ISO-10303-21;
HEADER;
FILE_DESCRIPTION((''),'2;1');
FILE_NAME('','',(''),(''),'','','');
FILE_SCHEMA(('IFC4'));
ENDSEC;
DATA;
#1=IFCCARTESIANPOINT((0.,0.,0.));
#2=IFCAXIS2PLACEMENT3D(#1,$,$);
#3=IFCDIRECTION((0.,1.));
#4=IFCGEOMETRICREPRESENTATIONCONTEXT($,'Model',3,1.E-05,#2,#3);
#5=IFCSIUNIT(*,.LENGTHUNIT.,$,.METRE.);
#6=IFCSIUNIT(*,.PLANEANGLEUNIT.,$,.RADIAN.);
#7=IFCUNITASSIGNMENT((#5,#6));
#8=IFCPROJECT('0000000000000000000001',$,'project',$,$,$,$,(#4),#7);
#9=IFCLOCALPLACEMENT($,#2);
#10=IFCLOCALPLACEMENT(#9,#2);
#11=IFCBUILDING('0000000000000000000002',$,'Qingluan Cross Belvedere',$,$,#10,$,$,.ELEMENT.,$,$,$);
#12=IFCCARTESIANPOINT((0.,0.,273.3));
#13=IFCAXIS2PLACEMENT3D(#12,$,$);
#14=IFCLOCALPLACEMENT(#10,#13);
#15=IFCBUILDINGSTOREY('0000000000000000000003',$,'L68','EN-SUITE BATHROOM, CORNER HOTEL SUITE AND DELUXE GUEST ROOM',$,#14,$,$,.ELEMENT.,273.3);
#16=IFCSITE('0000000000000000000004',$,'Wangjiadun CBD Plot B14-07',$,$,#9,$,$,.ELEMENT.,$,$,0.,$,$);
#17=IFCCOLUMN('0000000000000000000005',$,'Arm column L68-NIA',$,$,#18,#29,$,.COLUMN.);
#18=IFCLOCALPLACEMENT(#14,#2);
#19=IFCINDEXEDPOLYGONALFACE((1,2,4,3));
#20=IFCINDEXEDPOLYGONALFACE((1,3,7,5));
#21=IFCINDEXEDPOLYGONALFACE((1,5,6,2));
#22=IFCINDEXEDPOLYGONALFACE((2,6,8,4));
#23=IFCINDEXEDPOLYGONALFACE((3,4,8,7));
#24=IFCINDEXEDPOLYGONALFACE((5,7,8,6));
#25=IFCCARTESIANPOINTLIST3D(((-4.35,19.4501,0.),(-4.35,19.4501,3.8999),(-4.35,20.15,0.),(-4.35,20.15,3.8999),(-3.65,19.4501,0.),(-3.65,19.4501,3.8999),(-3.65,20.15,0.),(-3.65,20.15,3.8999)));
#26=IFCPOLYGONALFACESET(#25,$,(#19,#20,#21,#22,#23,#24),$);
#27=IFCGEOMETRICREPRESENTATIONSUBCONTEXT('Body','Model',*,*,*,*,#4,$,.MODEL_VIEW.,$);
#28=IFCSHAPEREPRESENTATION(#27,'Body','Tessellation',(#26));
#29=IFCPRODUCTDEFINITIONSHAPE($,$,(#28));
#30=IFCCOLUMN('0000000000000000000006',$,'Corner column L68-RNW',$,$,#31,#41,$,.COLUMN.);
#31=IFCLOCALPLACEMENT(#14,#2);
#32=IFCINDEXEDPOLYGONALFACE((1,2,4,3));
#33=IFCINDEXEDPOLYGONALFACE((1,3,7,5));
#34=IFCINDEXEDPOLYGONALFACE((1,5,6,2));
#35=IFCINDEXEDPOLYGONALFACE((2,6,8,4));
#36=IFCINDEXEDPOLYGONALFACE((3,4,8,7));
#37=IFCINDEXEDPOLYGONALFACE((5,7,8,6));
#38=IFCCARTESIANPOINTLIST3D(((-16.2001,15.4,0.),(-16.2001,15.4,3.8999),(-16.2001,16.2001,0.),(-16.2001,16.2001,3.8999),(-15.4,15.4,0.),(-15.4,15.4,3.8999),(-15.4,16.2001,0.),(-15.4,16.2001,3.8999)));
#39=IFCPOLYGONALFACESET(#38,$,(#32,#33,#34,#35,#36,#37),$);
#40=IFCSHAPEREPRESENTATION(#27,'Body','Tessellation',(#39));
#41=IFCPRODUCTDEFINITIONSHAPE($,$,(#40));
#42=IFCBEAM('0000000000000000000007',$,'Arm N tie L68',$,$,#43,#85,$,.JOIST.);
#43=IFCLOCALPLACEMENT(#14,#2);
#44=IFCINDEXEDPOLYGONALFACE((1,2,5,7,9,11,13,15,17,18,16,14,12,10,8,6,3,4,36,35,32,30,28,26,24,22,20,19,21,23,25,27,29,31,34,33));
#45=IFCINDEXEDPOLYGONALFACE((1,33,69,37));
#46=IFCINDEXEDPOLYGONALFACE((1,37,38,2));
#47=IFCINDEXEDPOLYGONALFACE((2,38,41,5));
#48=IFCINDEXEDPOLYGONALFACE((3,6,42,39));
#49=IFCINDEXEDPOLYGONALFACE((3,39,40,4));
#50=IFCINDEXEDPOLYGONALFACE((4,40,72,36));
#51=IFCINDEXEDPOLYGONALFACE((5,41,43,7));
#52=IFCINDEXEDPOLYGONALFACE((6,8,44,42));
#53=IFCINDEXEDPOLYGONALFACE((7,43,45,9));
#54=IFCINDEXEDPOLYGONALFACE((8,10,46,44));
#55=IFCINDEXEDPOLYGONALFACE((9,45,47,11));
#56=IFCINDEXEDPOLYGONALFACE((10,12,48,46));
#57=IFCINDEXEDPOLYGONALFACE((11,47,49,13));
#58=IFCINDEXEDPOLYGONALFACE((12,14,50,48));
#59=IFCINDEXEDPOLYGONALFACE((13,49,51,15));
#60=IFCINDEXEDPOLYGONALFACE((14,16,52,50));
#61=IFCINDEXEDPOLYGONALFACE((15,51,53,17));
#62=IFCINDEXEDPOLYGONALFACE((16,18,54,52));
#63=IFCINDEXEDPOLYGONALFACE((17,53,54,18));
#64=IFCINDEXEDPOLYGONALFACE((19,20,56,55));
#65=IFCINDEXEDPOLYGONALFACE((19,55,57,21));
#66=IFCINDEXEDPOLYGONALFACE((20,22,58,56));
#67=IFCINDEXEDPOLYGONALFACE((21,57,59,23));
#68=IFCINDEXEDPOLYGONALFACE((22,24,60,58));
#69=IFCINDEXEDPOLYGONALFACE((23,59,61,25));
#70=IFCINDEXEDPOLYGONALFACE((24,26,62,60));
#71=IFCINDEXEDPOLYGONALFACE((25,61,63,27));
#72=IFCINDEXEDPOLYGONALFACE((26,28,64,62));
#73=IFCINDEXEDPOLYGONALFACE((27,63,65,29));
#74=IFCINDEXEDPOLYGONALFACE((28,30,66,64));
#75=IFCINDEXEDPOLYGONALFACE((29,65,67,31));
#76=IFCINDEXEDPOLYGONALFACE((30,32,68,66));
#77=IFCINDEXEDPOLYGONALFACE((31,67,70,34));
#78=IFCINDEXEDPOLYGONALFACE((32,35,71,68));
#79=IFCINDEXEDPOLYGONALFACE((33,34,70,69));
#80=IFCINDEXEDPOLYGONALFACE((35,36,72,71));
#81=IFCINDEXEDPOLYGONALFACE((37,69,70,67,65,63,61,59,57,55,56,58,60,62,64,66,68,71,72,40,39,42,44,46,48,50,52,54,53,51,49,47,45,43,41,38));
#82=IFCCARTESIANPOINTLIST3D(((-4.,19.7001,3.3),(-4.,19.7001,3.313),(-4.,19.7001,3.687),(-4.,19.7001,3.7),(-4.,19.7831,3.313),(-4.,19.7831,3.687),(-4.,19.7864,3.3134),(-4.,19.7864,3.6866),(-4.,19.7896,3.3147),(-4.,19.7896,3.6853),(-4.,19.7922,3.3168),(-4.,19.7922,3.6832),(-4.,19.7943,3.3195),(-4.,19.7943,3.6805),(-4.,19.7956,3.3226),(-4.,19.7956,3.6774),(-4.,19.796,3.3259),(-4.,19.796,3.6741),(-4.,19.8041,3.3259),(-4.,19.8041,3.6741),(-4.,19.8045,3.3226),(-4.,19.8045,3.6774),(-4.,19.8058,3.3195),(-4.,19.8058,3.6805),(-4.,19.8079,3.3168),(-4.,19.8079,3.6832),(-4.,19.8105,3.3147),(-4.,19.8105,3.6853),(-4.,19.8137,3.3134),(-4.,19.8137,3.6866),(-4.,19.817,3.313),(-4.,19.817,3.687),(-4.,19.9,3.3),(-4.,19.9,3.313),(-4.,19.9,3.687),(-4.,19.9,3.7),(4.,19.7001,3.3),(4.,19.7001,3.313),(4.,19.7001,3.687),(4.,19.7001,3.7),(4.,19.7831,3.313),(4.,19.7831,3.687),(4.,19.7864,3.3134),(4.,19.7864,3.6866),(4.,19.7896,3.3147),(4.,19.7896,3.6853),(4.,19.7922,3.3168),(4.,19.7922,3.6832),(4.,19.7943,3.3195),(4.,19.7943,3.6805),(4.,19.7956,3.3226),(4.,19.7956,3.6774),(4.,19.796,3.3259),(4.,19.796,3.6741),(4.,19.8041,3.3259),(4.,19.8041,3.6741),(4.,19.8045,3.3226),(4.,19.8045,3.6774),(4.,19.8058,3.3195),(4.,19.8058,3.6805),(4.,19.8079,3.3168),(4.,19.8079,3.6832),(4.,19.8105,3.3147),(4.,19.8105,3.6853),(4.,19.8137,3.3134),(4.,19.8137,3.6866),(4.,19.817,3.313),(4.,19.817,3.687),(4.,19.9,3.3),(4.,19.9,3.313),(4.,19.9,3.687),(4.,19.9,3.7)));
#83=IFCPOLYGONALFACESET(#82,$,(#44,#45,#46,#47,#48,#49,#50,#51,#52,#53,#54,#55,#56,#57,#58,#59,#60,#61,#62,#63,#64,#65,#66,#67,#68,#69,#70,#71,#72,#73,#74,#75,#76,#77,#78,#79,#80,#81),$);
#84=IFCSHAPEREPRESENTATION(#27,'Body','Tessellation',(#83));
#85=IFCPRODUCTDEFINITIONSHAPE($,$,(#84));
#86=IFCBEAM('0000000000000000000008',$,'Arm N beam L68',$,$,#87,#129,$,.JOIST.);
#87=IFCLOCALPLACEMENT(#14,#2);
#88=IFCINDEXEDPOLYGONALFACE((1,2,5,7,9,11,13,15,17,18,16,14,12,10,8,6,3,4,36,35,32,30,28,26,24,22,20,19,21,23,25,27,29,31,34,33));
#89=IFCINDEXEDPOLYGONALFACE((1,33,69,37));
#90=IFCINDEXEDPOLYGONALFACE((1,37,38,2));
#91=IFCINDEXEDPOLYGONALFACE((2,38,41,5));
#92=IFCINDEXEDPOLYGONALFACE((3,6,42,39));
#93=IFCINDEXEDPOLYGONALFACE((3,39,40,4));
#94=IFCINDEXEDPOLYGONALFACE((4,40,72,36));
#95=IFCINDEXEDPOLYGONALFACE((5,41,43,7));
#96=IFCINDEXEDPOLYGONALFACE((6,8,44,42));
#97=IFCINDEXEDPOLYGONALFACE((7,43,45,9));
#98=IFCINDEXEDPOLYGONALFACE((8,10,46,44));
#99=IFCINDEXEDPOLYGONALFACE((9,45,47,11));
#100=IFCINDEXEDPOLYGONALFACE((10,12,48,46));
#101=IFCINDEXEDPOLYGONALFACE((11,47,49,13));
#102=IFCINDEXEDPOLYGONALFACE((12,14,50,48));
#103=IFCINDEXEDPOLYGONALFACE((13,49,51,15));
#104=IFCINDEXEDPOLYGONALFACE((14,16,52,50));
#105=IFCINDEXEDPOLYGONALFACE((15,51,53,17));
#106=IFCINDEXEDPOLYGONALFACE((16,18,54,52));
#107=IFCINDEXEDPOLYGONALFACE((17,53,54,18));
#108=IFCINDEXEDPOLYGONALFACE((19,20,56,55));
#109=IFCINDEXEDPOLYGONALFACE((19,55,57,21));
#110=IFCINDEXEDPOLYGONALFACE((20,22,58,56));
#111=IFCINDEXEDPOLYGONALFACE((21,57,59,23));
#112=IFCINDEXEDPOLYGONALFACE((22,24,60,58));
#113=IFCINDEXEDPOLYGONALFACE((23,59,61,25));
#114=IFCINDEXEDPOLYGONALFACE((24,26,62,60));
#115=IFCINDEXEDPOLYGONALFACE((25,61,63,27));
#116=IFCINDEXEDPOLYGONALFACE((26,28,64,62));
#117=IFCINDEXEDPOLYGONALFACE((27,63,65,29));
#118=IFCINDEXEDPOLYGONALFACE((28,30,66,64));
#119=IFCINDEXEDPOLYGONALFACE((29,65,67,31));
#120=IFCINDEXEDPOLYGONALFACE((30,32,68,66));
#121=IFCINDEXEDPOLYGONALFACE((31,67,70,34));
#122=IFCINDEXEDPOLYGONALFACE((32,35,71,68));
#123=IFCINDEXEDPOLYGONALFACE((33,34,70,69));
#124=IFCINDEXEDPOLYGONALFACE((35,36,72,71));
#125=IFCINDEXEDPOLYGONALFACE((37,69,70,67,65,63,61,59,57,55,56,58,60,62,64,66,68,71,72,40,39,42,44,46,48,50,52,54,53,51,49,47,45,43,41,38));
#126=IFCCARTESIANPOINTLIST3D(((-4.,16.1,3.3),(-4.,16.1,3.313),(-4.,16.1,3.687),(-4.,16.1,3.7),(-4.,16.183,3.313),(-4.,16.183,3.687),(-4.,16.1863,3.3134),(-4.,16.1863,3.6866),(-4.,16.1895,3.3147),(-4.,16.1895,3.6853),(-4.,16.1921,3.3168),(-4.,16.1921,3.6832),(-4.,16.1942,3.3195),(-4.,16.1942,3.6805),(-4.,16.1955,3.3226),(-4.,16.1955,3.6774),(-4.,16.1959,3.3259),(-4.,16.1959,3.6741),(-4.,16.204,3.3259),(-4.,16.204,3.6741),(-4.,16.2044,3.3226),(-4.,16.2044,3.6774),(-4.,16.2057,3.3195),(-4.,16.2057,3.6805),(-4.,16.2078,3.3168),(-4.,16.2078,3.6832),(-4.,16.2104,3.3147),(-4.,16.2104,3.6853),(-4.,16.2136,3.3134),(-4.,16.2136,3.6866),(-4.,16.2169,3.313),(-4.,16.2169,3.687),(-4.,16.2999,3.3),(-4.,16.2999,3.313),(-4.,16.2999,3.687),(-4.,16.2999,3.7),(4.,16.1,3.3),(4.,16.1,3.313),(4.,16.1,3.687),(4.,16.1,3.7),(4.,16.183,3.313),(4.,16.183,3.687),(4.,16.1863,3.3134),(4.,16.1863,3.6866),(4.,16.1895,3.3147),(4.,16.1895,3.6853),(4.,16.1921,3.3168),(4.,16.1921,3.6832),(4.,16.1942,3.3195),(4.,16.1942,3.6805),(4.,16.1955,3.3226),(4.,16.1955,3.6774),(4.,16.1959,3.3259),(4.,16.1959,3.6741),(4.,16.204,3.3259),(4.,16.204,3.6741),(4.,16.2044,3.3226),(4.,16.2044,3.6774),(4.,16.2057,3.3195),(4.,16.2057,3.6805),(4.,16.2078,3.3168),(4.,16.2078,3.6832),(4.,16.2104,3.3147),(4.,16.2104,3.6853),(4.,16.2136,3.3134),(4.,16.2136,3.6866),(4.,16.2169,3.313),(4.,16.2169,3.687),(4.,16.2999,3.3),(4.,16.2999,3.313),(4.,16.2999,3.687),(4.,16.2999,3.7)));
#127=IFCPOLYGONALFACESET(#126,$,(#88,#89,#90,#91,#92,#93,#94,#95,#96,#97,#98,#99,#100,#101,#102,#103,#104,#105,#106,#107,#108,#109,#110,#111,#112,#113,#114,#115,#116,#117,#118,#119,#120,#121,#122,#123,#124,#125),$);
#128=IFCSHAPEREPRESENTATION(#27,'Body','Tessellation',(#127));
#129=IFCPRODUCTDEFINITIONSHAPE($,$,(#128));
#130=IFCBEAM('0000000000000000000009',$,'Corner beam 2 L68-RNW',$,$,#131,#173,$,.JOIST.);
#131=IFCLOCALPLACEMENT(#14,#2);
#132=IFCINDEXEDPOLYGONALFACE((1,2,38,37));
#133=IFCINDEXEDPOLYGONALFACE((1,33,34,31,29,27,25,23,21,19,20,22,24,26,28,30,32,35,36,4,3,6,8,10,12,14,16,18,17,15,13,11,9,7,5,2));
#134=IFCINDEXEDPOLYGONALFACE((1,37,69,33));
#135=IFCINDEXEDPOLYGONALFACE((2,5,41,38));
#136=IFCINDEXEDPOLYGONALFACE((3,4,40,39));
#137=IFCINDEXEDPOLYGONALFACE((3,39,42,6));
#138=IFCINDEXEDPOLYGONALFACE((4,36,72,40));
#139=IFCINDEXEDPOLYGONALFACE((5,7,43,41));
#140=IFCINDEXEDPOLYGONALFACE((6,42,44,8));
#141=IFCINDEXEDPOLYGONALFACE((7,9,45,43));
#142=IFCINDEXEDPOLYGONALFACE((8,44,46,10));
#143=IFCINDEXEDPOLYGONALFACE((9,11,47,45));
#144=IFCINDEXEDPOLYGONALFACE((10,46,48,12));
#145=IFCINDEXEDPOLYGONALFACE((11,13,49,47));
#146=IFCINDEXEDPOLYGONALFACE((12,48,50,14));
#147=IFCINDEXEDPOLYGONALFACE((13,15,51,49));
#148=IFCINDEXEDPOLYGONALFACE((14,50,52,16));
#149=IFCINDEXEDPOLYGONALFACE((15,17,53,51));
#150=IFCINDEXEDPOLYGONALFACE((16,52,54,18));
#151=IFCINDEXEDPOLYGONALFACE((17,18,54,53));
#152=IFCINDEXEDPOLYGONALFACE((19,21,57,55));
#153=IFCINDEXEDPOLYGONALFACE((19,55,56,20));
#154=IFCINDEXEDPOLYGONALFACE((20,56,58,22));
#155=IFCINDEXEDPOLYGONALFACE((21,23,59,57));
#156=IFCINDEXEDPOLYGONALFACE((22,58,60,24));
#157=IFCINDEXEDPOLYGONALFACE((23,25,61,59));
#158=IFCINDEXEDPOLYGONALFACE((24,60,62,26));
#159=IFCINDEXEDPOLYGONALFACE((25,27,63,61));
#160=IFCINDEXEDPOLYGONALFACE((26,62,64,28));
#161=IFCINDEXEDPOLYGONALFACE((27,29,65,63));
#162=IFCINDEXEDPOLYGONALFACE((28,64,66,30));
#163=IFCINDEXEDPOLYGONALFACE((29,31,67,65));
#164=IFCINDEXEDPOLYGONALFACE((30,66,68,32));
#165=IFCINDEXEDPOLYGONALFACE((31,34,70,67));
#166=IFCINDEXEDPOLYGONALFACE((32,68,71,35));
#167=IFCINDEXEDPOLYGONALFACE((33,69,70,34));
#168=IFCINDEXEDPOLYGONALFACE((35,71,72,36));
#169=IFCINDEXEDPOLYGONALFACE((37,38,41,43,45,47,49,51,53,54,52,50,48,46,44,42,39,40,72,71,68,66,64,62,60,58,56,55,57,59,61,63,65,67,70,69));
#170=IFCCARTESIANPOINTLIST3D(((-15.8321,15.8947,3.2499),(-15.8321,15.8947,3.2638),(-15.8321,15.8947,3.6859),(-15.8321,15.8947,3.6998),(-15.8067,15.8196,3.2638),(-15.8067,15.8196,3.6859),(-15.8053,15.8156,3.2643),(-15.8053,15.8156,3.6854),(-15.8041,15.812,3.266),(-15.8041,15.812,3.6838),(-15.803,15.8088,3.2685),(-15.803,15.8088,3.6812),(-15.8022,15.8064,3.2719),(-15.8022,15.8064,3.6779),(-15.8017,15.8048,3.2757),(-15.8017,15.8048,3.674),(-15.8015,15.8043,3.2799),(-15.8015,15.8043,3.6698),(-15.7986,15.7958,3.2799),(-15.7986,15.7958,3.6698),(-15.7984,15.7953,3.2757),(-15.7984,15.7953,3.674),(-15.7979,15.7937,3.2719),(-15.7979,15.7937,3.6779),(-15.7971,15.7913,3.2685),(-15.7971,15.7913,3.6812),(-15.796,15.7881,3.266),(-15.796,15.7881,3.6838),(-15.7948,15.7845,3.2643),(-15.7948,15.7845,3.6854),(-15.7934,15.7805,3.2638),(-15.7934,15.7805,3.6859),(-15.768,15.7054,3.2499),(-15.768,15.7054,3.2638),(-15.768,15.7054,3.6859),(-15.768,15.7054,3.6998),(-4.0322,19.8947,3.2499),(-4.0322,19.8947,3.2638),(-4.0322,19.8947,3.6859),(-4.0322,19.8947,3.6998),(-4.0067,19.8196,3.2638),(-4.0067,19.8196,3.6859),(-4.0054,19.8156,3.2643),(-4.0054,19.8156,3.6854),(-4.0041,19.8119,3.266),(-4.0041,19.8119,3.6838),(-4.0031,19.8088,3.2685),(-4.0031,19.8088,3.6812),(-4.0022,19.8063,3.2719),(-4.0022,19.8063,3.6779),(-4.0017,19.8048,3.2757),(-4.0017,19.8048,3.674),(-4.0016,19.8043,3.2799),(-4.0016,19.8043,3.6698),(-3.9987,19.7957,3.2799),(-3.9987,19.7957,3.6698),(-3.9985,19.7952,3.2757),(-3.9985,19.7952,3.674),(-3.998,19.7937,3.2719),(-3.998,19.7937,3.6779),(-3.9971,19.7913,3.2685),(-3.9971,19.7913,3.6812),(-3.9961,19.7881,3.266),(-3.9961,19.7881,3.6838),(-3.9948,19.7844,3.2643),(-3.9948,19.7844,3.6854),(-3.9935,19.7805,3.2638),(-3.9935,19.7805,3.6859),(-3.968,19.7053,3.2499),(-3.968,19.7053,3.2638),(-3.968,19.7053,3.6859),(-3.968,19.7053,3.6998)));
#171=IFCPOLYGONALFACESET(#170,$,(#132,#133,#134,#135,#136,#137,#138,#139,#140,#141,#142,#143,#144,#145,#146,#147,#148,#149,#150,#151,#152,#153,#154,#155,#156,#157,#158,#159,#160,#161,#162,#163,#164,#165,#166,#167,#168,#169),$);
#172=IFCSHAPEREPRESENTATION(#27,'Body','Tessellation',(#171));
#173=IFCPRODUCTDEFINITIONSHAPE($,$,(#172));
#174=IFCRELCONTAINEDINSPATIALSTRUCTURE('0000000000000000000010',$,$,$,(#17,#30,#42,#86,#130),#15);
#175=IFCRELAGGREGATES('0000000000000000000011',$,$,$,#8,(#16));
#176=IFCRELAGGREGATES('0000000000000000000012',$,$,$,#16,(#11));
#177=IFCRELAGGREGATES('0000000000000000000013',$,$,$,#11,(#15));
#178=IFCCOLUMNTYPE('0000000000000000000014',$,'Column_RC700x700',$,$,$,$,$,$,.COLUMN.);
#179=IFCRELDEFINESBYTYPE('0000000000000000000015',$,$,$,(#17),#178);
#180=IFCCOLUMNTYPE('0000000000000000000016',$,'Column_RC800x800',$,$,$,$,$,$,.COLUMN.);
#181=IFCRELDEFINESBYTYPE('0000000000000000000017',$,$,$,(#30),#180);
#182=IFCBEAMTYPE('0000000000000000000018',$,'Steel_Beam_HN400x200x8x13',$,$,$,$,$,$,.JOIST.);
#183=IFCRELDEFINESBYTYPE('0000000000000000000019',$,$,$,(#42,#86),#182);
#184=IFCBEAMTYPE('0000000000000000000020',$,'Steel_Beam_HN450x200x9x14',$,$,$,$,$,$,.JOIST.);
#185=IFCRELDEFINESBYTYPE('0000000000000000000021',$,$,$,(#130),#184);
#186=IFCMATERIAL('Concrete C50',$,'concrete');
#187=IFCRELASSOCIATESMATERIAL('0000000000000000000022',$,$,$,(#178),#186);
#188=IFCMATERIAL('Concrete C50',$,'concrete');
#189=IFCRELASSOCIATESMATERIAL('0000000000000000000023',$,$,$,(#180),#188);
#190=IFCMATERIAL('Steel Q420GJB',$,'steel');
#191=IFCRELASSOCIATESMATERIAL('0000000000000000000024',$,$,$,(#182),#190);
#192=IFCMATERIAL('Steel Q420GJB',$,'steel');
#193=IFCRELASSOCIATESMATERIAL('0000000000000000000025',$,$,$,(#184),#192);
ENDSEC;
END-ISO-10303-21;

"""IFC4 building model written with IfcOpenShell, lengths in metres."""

from ifc_helpers import new_model, si_unit, direction, frame, origin, origin_2d, place, context, subcontext, project, spatial, rectangle, i_section, extrude, material, material_profile, profile_set, type_object, element, save


model = new_model("IFC4")

# Units and contexts
model_context = context("Model", 3, precision=1e-05, world=origin(), true_north=direction((0.0, 1.0)))
body_context = subcontext(model_context, "Body", "Model", "MODEL_VIEW")
ifc_project = project(units=[si_unit("LENGTHUNIT", "METRE"), si_unit("PLANEANGLEUNIT", "RADIAN")], contexts=[model_context])

# Site, building, storey
site_placement = place(None, origin())
site = spatial("IfcSite", under=ifc_project, at=site_placement, Name="Wangjiadun CBD Plot B14-07", CompositionType="ELEMENT", RefElevation=0.0)
building_placement = place(site_placement, origin())
building = spatial("IfcBuilding", under=site, at=building_placement, Name="Qingluan Cross Belvedere", CompositionType="ELEMENT")
storey_placement = place(building_placement, frame((0.0, 0.0, 273.3)))
storey = spatial("IfcBuildingStorey", under=building, at=storey_placement, Name="L68", Description="EN-SUITE BATHROOM, CORNER HOTEL SUITE AND DELUXE GUEST ROOM", CompositionType="ELEMENT", Elevation=273.3)

# Columns
ifc_material_1 = material(Name="Concrete C50", Category="concrete")
ifc_material_profile_1 = material_profile(ifc_material_1, rectangle(XDim=0.7, YDim=0.7, at=origin_2d()), Name="RC700x700")
ifc_profile_set_1 = profile_set([ifc_material_profile_1], Name="Concrete C50")
column_type_1 = type_object("IfcColumnType", Name="Column_RC700x700", PredefinedType="COLUMN", material=ifc_profile_set_1)
column_1_placement = place(storey_placement, frame((-4.0, 19.8, 0.0), z_axis=(0.0, 0.0, 1.0), x_axis=(1.0, 0.0, 0.0)))
element("IfcColumn", 1, at=column_1_placement, inside=storey, type_object=column_type_1, Name="Arm column L68-NIA", PredefinedType="COLUMN", context=body_context, shape_type="SweptSolid", body=[
    extrude(rectangle(XDim=0.7, YDim=0.7, at=origin_2d()), origin(), (0.0, 0.0, 1.0), 3.8999),
])
ifc_material_2 = material(Name="Concrete C50", Category="concrete")
ifc_material_profile_2 = material_profile(ifc_material_2, rectangle(XDim=0.8, YDim=0.8, at=origin_2d()), Name="RC800x800")
ifc_profile_set_2 = profile_set([ifc_material_profile_2], Name="Concrete C50")
column_type_2 = type_object("IfcColumnType", Name="Column_RC800x800", PredefinedType="COLUMN", material=ifc_profile_set_2)
column_2_placement = place(storey_placement, frame((-15.8, 15.8, 0.0), z_axis=(0.0, 0.0, 1.0), x_axis=(1.0, 0.0, 0.0)))
element("IfcColumn", 2, at=column_2_placement, inside=storey, type_object=column_type_2, Name="Corner column L68-RNW", PredefinedType="COLUMN", context=body_context, shape_type="SweptSolid", body=[
    extrude(rectangle(XDim=0.8, YDim=0.8, at=origin_2d()), origin(), (0.0, 0.0, 1.0), 3.8999),
])

# Beams
ifc_material_3 = material(Name="Steel Q420GJB", Category="steel")
ifc_material_profile_3 = material_profile(ifc_material_3, i_section(OverallWidth=0.2, OverallDepth=0.3999, WebThickness=0.0081, FlangeThickness=0.0129, FilletRadius=0.0129, at=origin_2d()), Name="HN400x200x8x13")
ifc_profile_set_3 = profile_set([ifc_material_profile_3], Name="Steel Q420GJB")
beam_type_1 = type_object("IfcBeamType", Name="Steel_Beam_HN400x200x8x13", PredefinedType="JOIST", material=ifc_profile_set_3)
for number, where, z_axis, x_axis, name in (
    (3, (-4.0, 19.8, 3.5), (1.0, 0.0, 0.0), (0.0, 1.0, 0.0), "Arm N tie L68"),
    (4, (-4.0, 16.2, 3.5), (1.0, 0.0, 0.0), (0.0, 1.0, 0.0), "Arm N beam L68"),
):
    element("IfcBeam", number, at=place(storey_placement, frame(where, z_axis=z_axis, x_axis=x_axis)), inside=storey, type_object=beam_type_1, Name=name, PredefinedType="JOIST", context=body_context, shape_type="SweptSolid", body=[
        extrude(i_section(OverallWidth=0.2, OverallDepth=0.3999, WebThickness=0.0081, FlangeThickness=0.0129, FilletRadius=0.0129, at=origin_2d()), origin(), (0.0, 0.0, 1.0), 8.0),
    ])
ifc_material_4 = material(Name="Steel Q420GJB", Category="steel")
ifc_material_profile_4 = material_profile(ifc_material_4, i_section(OverallWidth=0.2, OverallDepth=0.45, WebThickness=0.009, FlangeThickness=0.0139, FilletRadius=0.0161, at=origin_2d()), Name="HN450x200x9x14")
ifc_profile_set_4 = profile_set([ifc_material_profile_4], Name="Steel Q420GJB")
beam_type_2 = type_object("IfcBeamType", Name="Steel_Beam_HN450x200x9x14", PredefinedType="JOIST", material=ifc_profile_set_4)
for number, where, z_axis, x_axis, name in (
    (5, (-15.8, 15.8, 3.4749), (0.947066, 0.321038, 0.0), (-0.321038, 0.947066, 0.0), "Corner beam 2 L68-RNW"),
):
    element("IfcBeam", number, at=place(storey_placement, frame(where, z_axis=z_axis, x_axis=x_axis)), inside=storey, type_object=beam_type_2, Name=name, PredefinedType="JOIST", context=body_context, shape_type="SweptSolid", body=[
        extrude(i_section(OverallWidth=0.2, OverallDepth=0.45, WebThickness=0.009, FlangeThickness=0.0139, FilletRadius=0.0161, at=origin_2d()), origin(), (0.0, 0.0, 1.0), 12.4595),
    ])

save(model, "model.ifc")
